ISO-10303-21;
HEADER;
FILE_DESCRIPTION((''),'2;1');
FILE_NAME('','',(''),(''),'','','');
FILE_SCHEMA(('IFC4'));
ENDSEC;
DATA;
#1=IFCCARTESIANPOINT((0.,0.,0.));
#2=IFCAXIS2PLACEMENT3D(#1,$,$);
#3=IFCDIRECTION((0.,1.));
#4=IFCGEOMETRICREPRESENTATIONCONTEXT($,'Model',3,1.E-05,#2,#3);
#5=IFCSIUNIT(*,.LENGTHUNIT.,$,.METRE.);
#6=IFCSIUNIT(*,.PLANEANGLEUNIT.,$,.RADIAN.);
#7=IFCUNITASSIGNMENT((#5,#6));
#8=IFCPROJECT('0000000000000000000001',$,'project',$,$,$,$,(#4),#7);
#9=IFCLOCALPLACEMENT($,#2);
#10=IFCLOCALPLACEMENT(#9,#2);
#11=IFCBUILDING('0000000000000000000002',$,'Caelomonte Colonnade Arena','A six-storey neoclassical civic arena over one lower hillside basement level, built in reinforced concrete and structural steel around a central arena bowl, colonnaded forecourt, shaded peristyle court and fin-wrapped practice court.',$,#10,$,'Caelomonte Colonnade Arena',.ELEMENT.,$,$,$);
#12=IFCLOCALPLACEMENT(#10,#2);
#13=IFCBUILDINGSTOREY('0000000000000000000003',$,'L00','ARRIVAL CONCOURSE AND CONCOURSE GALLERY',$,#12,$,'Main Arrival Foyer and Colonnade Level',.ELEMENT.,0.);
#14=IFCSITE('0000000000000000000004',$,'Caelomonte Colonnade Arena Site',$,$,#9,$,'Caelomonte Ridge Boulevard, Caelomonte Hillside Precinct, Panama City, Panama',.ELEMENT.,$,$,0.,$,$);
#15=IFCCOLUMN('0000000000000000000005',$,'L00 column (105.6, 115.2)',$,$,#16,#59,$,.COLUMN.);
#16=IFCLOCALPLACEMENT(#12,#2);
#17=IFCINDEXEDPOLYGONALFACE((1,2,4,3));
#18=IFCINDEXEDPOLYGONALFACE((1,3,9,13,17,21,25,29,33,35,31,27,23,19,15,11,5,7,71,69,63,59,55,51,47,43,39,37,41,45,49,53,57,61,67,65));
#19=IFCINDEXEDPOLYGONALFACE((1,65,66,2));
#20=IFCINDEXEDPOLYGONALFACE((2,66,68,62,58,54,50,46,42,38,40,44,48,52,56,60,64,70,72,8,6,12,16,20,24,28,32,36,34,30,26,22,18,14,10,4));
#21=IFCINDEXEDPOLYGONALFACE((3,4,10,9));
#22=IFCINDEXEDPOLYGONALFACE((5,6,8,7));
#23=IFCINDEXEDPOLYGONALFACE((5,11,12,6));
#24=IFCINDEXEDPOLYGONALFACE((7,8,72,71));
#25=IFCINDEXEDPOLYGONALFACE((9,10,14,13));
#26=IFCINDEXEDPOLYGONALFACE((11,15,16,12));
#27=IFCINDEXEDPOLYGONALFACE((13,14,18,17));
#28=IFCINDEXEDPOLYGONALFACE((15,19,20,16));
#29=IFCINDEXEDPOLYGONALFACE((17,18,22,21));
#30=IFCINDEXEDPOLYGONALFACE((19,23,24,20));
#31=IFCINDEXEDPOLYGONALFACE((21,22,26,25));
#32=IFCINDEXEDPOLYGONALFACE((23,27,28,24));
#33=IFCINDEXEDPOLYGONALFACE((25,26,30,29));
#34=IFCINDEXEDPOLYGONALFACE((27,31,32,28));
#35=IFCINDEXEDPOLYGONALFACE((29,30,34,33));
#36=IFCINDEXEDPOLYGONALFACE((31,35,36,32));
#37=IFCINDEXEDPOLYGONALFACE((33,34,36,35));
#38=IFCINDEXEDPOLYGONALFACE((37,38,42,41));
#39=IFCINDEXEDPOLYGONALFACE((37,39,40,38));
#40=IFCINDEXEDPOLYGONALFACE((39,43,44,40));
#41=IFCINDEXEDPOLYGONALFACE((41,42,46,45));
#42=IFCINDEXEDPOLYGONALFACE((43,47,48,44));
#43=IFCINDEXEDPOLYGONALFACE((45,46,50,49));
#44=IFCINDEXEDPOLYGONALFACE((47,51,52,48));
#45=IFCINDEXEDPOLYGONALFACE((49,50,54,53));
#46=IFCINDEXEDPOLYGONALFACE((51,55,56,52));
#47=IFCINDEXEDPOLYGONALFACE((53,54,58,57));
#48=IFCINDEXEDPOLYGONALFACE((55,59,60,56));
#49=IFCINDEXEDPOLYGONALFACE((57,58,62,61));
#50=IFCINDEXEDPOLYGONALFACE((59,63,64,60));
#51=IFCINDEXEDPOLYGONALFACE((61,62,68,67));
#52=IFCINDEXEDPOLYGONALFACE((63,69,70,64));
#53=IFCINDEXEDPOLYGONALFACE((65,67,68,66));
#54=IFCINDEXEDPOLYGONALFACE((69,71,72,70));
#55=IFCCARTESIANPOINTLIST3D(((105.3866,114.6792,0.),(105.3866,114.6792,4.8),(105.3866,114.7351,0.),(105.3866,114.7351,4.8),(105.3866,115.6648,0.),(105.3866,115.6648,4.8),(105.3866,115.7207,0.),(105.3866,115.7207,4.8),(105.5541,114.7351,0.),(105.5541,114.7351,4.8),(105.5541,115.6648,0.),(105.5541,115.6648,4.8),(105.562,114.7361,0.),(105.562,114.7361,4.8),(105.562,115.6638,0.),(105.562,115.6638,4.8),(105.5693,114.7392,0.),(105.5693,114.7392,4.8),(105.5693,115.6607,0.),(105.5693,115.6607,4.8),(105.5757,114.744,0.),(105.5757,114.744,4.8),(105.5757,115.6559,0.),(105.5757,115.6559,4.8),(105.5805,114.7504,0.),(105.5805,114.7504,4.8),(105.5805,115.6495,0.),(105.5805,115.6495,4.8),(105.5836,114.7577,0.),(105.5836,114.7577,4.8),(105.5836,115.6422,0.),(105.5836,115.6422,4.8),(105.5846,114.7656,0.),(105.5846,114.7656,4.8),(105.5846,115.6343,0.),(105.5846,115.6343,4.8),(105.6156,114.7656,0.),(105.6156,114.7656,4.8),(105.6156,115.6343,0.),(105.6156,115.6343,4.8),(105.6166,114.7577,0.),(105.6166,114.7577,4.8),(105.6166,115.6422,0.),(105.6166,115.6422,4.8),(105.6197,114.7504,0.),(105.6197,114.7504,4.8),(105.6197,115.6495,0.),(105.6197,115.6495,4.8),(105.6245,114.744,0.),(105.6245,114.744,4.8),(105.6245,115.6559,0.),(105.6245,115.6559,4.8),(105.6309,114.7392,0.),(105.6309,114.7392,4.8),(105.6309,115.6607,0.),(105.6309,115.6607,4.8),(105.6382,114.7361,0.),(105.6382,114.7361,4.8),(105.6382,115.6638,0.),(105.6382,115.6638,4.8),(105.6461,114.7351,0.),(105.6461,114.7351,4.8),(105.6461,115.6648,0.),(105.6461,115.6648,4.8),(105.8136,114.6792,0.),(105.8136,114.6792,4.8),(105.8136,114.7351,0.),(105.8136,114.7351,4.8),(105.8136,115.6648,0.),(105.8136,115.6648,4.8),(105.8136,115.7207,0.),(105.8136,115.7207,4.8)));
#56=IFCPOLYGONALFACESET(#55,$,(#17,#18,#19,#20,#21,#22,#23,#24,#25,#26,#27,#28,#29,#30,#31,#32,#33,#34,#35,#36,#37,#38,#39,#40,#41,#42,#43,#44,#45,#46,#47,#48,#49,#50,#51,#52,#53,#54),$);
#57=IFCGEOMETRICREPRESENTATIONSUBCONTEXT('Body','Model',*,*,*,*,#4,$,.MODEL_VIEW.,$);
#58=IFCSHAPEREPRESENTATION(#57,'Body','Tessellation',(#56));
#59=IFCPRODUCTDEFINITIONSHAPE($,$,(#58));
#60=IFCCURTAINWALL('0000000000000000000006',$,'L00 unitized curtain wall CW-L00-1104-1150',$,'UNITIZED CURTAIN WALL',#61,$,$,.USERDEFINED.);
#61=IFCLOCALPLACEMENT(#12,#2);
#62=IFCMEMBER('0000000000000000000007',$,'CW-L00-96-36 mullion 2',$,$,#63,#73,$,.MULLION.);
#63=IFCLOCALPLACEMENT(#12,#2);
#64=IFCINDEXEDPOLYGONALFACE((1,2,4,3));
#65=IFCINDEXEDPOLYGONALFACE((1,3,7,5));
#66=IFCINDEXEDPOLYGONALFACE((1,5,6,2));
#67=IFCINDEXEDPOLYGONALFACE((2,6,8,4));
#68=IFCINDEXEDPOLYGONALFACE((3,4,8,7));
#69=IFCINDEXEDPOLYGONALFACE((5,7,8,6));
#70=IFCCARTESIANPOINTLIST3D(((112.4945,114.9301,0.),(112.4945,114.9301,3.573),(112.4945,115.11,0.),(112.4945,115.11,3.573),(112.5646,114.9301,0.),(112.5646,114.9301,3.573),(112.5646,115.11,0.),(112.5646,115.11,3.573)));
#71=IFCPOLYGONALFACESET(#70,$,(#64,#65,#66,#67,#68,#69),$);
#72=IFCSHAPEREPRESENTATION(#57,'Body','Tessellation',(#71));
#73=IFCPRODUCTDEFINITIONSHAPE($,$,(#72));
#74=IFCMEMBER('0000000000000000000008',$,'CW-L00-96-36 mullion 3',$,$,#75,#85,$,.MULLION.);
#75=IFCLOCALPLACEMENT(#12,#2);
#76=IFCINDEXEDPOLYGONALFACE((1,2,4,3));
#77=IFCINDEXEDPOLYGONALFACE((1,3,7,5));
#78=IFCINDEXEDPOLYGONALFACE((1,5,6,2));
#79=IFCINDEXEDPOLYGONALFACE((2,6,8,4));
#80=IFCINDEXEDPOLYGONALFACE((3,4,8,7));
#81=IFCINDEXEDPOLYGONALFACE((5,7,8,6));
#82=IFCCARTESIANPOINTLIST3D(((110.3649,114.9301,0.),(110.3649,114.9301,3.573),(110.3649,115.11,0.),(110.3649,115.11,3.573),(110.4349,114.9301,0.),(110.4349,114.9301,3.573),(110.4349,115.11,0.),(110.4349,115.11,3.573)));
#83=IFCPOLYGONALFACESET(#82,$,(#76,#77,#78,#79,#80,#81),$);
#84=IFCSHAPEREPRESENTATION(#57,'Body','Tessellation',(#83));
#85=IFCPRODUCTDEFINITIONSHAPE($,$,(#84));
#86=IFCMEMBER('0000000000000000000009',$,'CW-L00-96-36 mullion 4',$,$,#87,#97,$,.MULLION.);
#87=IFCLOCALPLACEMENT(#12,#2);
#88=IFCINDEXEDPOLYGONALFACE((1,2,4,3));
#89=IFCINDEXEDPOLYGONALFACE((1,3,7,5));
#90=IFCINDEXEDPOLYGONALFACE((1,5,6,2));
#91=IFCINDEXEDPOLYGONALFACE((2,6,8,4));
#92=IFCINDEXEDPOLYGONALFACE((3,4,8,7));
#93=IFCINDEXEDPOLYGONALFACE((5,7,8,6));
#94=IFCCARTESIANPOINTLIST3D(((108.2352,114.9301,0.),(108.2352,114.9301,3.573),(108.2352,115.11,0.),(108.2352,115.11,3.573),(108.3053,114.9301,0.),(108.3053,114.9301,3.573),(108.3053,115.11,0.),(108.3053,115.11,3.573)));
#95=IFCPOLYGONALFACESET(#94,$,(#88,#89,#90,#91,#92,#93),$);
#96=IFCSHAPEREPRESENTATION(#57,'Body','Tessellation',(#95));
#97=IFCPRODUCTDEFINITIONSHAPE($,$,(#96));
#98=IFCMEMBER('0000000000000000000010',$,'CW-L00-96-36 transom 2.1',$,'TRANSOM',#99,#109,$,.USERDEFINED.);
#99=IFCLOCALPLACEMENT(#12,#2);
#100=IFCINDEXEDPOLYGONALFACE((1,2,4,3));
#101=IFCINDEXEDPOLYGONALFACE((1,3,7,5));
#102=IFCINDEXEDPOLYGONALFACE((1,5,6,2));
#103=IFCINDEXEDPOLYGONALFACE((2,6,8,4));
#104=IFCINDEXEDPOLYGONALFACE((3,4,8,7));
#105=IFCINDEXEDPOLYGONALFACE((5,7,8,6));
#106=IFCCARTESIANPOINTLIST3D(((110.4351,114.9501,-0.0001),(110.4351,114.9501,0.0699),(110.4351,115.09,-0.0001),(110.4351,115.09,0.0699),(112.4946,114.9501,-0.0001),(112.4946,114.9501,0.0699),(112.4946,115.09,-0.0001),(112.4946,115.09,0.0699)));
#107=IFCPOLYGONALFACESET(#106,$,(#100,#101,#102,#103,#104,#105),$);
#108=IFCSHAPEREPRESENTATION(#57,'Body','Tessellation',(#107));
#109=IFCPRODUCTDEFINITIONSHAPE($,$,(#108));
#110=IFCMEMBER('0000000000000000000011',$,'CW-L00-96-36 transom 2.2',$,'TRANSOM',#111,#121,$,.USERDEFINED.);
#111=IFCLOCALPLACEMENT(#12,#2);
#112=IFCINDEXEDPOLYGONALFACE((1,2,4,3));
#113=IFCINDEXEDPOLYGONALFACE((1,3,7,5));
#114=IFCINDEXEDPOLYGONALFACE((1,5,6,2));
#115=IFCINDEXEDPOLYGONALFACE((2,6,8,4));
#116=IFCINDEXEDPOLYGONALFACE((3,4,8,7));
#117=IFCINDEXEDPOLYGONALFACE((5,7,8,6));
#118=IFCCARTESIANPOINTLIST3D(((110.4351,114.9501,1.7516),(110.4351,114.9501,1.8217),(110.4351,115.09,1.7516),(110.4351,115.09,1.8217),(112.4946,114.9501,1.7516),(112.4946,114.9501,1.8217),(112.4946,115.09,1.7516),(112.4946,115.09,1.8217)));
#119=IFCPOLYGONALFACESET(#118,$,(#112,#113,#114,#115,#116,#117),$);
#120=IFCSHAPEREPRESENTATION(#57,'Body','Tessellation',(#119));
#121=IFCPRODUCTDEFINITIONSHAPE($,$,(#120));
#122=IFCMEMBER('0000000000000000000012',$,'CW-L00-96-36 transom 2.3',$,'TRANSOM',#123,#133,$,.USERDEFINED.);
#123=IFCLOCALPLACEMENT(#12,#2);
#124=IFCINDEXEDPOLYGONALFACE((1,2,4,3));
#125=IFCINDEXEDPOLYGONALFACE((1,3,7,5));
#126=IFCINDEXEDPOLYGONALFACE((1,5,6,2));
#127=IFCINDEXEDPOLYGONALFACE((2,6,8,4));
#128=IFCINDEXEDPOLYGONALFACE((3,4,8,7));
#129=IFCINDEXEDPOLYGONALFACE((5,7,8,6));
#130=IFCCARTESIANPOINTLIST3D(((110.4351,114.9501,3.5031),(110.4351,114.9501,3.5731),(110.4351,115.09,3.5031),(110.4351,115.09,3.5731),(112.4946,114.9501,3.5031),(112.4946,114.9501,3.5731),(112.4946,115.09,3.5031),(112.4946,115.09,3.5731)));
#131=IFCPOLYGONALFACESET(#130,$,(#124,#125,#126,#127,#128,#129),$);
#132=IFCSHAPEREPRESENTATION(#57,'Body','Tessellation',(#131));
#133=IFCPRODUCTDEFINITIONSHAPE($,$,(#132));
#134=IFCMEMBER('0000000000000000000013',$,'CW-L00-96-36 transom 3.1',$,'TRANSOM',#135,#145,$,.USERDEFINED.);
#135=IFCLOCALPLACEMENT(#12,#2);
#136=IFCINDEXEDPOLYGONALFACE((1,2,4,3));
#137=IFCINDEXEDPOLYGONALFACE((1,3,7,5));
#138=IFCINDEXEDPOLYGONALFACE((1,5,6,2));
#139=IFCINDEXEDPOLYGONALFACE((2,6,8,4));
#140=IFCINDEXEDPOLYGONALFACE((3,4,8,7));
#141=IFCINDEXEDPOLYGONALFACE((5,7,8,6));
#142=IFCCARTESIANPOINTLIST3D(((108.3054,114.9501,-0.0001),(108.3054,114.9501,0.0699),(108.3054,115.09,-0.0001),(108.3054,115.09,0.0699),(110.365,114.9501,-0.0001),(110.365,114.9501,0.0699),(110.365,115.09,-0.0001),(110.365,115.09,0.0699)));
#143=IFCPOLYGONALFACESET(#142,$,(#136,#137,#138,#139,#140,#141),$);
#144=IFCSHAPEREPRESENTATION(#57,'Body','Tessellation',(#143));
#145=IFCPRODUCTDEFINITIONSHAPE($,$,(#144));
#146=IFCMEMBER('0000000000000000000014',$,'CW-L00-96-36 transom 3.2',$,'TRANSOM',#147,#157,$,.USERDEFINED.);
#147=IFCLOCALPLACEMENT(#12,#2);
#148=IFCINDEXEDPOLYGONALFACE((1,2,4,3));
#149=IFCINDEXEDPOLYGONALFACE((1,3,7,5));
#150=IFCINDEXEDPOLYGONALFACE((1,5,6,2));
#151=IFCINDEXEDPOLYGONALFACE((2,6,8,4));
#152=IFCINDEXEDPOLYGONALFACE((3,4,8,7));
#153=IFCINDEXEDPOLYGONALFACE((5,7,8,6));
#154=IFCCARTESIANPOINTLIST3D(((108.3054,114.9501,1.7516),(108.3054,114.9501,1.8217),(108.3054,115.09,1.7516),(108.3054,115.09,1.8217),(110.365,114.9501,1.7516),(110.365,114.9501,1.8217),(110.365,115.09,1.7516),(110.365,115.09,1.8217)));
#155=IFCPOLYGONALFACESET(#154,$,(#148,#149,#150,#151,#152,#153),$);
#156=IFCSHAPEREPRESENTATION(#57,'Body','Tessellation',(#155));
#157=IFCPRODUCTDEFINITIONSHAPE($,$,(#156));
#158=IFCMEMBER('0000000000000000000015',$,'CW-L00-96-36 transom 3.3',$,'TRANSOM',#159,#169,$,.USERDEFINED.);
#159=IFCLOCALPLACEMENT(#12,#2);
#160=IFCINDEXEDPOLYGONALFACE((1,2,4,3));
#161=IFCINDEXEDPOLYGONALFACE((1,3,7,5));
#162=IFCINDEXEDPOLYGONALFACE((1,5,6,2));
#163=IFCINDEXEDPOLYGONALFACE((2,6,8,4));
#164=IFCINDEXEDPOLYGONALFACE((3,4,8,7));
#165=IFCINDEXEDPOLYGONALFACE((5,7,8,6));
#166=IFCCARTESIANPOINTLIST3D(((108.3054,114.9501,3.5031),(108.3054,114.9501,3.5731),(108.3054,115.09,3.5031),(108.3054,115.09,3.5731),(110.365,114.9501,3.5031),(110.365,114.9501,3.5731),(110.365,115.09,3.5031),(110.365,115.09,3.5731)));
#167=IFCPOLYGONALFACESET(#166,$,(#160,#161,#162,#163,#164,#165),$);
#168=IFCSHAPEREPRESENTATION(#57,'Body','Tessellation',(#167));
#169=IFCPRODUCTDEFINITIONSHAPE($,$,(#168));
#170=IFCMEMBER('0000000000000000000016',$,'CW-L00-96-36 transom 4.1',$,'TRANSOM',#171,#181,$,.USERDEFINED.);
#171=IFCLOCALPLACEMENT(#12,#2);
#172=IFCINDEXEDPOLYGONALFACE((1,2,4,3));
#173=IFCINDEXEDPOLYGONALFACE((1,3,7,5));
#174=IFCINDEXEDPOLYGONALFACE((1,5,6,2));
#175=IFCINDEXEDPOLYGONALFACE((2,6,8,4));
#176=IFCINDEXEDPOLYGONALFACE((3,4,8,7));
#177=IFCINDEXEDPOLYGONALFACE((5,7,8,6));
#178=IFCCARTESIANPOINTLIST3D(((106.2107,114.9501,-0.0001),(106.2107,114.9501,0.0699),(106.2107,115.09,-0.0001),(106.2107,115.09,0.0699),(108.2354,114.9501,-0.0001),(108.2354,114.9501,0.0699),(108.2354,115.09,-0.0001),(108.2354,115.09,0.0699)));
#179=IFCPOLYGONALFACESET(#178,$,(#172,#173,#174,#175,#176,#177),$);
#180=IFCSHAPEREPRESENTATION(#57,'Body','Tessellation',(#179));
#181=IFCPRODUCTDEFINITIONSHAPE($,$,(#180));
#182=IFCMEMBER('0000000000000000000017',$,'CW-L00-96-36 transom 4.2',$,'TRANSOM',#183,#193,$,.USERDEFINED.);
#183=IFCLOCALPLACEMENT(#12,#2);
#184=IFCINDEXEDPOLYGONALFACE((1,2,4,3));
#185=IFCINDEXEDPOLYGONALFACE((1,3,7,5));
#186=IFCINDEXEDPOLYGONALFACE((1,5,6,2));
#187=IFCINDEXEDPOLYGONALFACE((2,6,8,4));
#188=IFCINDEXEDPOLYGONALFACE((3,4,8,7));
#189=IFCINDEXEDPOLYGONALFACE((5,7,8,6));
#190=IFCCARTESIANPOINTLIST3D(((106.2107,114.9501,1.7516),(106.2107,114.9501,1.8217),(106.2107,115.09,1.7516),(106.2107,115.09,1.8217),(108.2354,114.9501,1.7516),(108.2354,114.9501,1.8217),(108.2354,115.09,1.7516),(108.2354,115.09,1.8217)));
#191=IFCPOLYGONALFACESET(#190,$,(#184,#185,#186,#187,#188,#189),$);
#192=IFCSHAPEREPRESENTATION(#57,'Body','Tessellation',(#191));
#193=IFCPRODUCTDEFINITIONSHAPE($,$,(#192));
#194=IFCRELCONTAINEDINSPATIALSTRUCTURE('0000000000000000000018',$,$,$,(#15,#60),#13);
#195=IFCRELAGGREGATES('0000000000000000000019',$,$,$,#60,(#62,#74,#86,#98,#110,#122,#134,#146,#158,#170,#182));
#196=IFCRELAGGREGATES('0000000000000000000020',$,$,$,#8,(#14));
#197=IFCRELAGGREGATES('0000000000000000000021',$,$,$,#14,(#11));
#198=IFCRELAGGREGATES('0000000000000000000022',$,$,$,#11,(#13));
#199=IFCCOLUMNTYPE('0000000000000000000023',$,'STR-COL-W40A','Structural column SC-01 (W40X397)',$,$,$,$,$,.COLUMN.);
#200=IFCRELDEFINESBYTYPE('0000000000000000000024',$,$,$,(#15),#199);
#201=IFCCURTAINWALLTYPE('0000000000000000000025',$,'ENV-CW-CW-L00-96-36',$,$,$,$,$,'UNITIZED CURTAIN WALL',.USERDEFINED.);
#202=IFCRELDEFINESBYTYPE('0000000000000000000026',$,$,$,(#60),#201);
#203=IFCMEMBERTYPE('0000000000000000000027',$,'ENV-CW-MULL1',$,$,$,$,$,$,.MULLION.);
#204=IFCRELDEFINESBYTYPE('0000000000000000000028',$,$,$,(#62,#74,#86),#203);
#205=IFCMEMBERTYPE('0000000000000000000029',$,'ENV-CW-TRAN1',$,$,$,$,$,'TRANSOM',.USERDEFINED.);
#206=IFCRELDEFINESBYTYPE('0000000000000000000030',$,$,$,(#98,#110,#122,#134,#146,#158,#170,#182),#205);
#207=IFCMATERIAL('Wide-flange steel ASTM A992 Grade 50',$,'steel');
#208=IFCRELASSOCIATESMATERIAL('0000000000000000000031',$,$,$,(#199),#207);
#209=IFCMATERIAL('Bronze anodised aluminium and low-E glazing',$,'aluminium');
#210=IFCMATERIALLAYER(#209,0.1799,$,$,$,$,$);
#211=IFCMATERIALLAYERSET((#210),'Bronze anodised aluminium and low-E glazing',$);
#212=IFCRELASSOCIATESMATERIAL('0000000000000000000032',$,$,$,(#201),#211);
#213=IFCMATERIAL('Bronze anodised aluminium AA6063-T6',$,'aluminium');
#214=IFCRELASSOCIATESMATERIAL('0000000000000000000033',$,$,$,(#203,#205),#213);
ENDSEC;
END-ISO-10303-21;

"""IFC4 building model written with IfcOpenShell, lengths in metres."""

from ifc_helpers import new_model, si_unit, direction, frame, origin, origin_2d, place, context, subcontext, project, spatial, rectangle, i_section, extrude, material, layer, layer_set, material_profile, profile_set, type_object, element, aggregate, save


model = new_model("IFC4")

# Units and contexts
model_context = context("Model", 3, precision=1e-05, world=origin(), true_north=direction((0.0, 1.0)))
body_context = subcontext(model_context, "Body", "Model", "MODEL_VIEW")
ifc_project = project(units=[si_unit("LENGTHUNIT", "METRE"), si_unit("PLANEANGLEUNIT", "RADIAN")], contexts=[model_context])

# Site, building, storey
site_placement = place(None, origin())
site = spatial("IfcSite", under=ifc_project, at=site_placement, Name="Caelomonte Colonnade Arena Site", LongName="Caelomonte Ridge Boulevard, Caelomonte Hillside Precinct, Panama City, Panama", CompositionType="ELEMENT", RefElevation=0.0)
building_placement = place(site_placement, origin())
building = spatial("IfcBuilding", under=site, at=building_placement, Name="Caelomonte Colonnade Arena", Description="A six-storey neoclassical civic arena over one lower hillside basement level, built in reinforced concrete and structural steel around a central arena bowl, colonnaded forecourt, shaded peristyle court and fin-wrapped practice court.", LongName="Caelomonte Colonnade Arena", CompositionType="ELEMENT")
storey_placement = place(building_placement, origin())
storey = spatial("IfcBuildingStorey", under=building, at=storey_placement, Name="L00", Description="ARRIVAL CONCOURSE AND CONCOURSE GALLERY", LongName="Main Arrival Foyer and Colonnade Level", CompositionType="ELEMENT", Elevation=0.0)

# Column
ifc_material_1 = material(Name="Wide-flange steel ASTM A992 Grade 50", Category="steel")
ifc_material_profile_1 = material_profile(ifc_material_1, i_section(OverallWidth=0.427, OverallDepth=1.0415, WebThickness=0.031, FlangeThickness=0.0559, FilletRadius=0.0305, at=origin_2d()), Name="W40X397")
ifc_profile_set_1 = profile_set([ifc_material_profile_1], Name="Wide-flange steel ASTM A992 Grade 50")
column_type = type_object("IfcColumnType", Name="STR-COL-W40A", Description="Structural column SC-01 (W40X397)", PredefinedType="COLUMN", material=ifc_profile_set_1)
column_placement = place(storey_placement, frame((105.6001, 115.2, 0.0), z_axis=(0.0, 0.0, 1.0), x_axis=(1.0, 0.0, 0.0)))
element("IfcColumn", 1, at=column_placement, inside=storey, type_object=column_type, Name="L00 column (105.6, 115.2)", PredefinedType="COLUMN", context=body_context, shape_type="SweptSolid", body=[
    extrude(i_section(OverallWidth=0.427, OverallDepth=1.0415, WebThickness=0.031, FlangeThickness=0.0559, FilletRadius=0.0305, at=origin_2d()), origin(), (0.0, 0.0, 1.0), 4.8),
])

# Curtain wall, members
ifc_material_2 = material(Name="Bronze anodised aluminium and low-E glazing", Category="aluminium")
ifc_layer_1 = layer(ifc_material_2, 0.1799)
ifc_layer_set_1 = layer_set([ifc_layer_1], Name="Bronze anodised aluminium and low-E glazing")
curtain_wall_type = type_object("IfcCurtainWallType", Name="ENV-CW-CW-L00-96-36", ElementType="UNITIZED CURTAIN WALL", PredefinedType="USERDEFINED", material=ifc_layer_set_1)
curtain_wall_placement = place(storey_placement, origin())
curtain_wall = element("IfcCurtainWall", 2, at=curtain_wall_placement, inside=storey, type_object=curtain_wall_type, Name="L00 unitized curtain wall CW-L00-1104-1150", ObjectType="UNITIZED CURTAIN WALL", PredefinedType="USERDEFINED")
ifc_material_3 = material(Name="Bronze anodised aluminium AA6063-T6", Category="aluminium")
ifc_material_profile_2 = material_profile(ifc_material_3, rectangle(XDim=0.0701, YDim=0.1799, at=origin_2d()), Name="CWM-70X180")
ifc_profile_set_2 = profile_set([ifc_material_profile_2], Name="Bronze anodised aluminium AA6063-T6")
member_type_1 = type_object("IfcMemberType", Name="ENV-CW-MULL1", PredefinedType="MULLION", material=ifc_profile_set_2)
member_1_placement = place(storey_placement, frame((112.5295, 115.02, 0.0), z_axis=(0.0, 0.0, 1.0), x_axis=(-1.0, 0.0, 0.0)))
member_1 = element("IfcMember", 3, at=member_1_placement, type_object=member_type_1, Name="CW-L00-96-36 mullion 2", PredefinedType="MULLION", context=body_context, shape_type="SweptSolid", body=[
    extrude(rectangle(XDim=0.0701, YDim=0.1799, at=origin_2d()), origin(), (0.0, 0.0, 1.0), 3.573),
])
member_2_placement = place(storey_placement, frame((110.3999, 115.02, 0.0), z_axis=(0.0, 0.0, 1.0), x_axis=(-1.0, 0.0, 0.0)))
member_2 = element("IfcMember", 4, at=member_2_placement, type_object=member_type_1, Name="CW-L00-96-36 mullion 3", PredefinedType="MULLION", context=body_context, shape_type="SweptSolid", body=[
    extrude(rectangle(XDim=0.0701, YDim=0.1799, at=origin_2d()), origin(), (0.0, 0.0, 1.0), 3.573),
])
member_3_placement = place(storey_placement, frame((108.2703, 115.02, 0.0), z_axis=(0.0, 0.0, 1.0), x_axis=(-1.0, 0.0, 0.0)))
member_3 = element("IfcMember", 5, at=member_3_placement, type_object=member_type_1, Name="CW-L00-96-36 mullion 4", PredefinedType="MULLION", context=body_context, shape_type="SweptSolid", body=[
    extrude(rectangle(XDim=0.0701, YDim=0.1799, at=origin_2d()), origin(), (0.0, 0.0, 1.0), 3.573),
])
ifc_material_profile_3 = material_profile(ifc_material_3, rectangle(XDim=0.0701, YDim=0.1399, at=origin_2d()), Name="CWT-70X140")
ifc_profile_set_3 = profile_set([ifc_material_profile_3], Name="Bronze anodised aluminium AA6063-T6")
member_type_2 = type_object("IfcMemberType", Name="ENV-CW-TRAN1", ElementType="TRANSOM", PredefinedType="USERDEFINED", material=ifc_profile_set_3)
member_4_placement = place(storey_placement, frame((112.4946, 115.02, 0.0349), z_axis=(-1.0, 0.0, 0.0), x_axis=(0.0, 0.0, 1.0)))
member_4 = element("IfcMember", 6, at=member_4_placement, type_object=member_type_2, Name="CW-L00-96-36 transom 2.1", ObjectType="TRANSOM", PredefinedType="USERDEFINED", context=body_context, shape_type="SweptSolid", body=[
    extrude(rectangle(XDim=0.0701, YDim=0.1399, at=origin_2d()), origin(), (0.0, 0.0, 1.0), 2.0596),
])
member_5_placement = place(storey_placement, frame((112.4946, 115.02, 1.7866), z_axis=(-1.0, 0.0, 0.0), x_axis=(0.0, 0.0, 1.0)))
member_5 = element("IfcMember", 7, at=member_5_placement, type_object=member_type_2, Name="CW-L00-96-36 transom 2.2", ObjectType="TRANSOM", PredefinedType="USERDEFINED", context=body_context, shape_type="SweptSolid", body=[
    extrude(rectangle(XDim=0.0701, YDim=0.1399, at=origin_2d()), origin(), (0.0, 0.0, 1.0), 2.0596),
])
member_6_placement = place(storey_placement, frame((112.4946, 115.02, 3.5381), z_axis=(-1.0, 0.0, 0.0), x_axis=(0.0, 0.0, 1.0)))
member_6 = element("IfcMember", 8, at=member_6_placement, type_object=member_type_2, Name="CW-L00-96-36 transom 2.3", ObjectType="TRANSOM", PredefinedType="USERDEFINED", context=body_context, shape_type="SweptSolid", body=[
    extrude(rectangle(XDim=0.0701, YDim=0.1399, at=origin_2d()), origin(), (0.0, 0.0, 1.0), 2.0596),
])
member_7_placement = place(storey_placement, frame((110.365, 115.02, 0.0349), z_axis=(-1.0, 0.0, 0.0), x_axis=(0.0, 0.0, 1.0)))
member_7 = element("IfcMember", 9, at=member_7_placement, type_object=member_type_2, Name="CW-L00-96-36 transom 3.1", ObjectType="TRANSOM", PredefinedType="USERDEFINED", context=body_context, shape_type="SweptSolid", body=[
    extrude(rectangle(XDim=0.0701, YDim=0.1399, at=origin_2d()), origin(), (0.0, 0.0, 1.0), 2.0596),
])
member_8_placement = place(storey_placement, frame((110.365, 115.02, 1.7866), z_axis=(-1.0, 0.0, 0.0), x_axis=(0.0, 0.0, 1.0)))
member_8 = element("IfcMember", 10, at=member_8_placement, type_object=member_type_2, Name="CW-L00-96-36 transom 3.2", ObjectType="TRANSOM", PredefinedType="USERDEFINED", context=body_context, shape_type="SweptSolid", body=[
    extrude(rectangle(XDim=0.0701, YDim=0.1399, at=origin_2d()), origin(), (0.0, 0.0, 1.0), 2.0596),
])
member_9_placement = place(storey_placement, frame((110.365, 115.02, 3.5381), z_axis=(-1.0, 0.0, 0.0), x_axis=(0.0, 0.0, 1.0)))
member_9 = element("IfcMember", 11, at=member_9_placement, type_object=member_type_2, Name="CW-L00-96-36 transom 3.3", ObjectType="TRANSOM", PredefinedType="USERDEFINED", context=body_context, shape_type="SweptSolid", body=[
    extrude(rectangle(XDim=0.0701, YDim=0.1399, at=origin_2d()), origin(), (0.0, 0.0, 1.0), 2.0596),
])
member_10_placement = place(storey_placement, frame((108.2354, 115.02, 0.0349), z_axis=(-1.0, 0.0, 0.0), x_axis=(0.0, 0.0, 1.0)))
member_10 = element("IfcMember", 12, at=member_10_placement, type_object=member_type_2, Name="CW-L00-96-36 transom 4.1", ObjectType="TRANSOM", PredefinedType="USERDEFINED", context=body_context, shape_type="SweptSolid", body=[
    extrude(rectangle(XDim=0.0701, YDim=0.1399, at=origin_2d()), origin(), (0.0, 0.0, 1.0), 2.0247),
])
member_11_placement = place(storey_placement, frame((108.2354, 115.02, 1.7866), z_axis=(-1.0, 0.0, 0.0), x_axis=(0.0, 0.0, 1.0)))
member_11 = element("IfcMember", 13, at=member_11_placement, type_object=member_type_2, Name="CW-L00-96-36 transom 4.2", ObjectType="TRANSOM", PredefinedType="USERDEFINED", context=body_context, shape_type="SweptSolid", body=[
    extrude(rectangle(XDim=0.0701, YDim=0.1399, at=origin_2d()), origin(), (0.0, 0.0, 1.0), 2.0247),
])

aggregate(curtain_wall, [member_1, member_2, member_3, member_4, member_5, member_6, member_7, member_8, member_9, member_10, member_11])

save(model, "model.ifc")
